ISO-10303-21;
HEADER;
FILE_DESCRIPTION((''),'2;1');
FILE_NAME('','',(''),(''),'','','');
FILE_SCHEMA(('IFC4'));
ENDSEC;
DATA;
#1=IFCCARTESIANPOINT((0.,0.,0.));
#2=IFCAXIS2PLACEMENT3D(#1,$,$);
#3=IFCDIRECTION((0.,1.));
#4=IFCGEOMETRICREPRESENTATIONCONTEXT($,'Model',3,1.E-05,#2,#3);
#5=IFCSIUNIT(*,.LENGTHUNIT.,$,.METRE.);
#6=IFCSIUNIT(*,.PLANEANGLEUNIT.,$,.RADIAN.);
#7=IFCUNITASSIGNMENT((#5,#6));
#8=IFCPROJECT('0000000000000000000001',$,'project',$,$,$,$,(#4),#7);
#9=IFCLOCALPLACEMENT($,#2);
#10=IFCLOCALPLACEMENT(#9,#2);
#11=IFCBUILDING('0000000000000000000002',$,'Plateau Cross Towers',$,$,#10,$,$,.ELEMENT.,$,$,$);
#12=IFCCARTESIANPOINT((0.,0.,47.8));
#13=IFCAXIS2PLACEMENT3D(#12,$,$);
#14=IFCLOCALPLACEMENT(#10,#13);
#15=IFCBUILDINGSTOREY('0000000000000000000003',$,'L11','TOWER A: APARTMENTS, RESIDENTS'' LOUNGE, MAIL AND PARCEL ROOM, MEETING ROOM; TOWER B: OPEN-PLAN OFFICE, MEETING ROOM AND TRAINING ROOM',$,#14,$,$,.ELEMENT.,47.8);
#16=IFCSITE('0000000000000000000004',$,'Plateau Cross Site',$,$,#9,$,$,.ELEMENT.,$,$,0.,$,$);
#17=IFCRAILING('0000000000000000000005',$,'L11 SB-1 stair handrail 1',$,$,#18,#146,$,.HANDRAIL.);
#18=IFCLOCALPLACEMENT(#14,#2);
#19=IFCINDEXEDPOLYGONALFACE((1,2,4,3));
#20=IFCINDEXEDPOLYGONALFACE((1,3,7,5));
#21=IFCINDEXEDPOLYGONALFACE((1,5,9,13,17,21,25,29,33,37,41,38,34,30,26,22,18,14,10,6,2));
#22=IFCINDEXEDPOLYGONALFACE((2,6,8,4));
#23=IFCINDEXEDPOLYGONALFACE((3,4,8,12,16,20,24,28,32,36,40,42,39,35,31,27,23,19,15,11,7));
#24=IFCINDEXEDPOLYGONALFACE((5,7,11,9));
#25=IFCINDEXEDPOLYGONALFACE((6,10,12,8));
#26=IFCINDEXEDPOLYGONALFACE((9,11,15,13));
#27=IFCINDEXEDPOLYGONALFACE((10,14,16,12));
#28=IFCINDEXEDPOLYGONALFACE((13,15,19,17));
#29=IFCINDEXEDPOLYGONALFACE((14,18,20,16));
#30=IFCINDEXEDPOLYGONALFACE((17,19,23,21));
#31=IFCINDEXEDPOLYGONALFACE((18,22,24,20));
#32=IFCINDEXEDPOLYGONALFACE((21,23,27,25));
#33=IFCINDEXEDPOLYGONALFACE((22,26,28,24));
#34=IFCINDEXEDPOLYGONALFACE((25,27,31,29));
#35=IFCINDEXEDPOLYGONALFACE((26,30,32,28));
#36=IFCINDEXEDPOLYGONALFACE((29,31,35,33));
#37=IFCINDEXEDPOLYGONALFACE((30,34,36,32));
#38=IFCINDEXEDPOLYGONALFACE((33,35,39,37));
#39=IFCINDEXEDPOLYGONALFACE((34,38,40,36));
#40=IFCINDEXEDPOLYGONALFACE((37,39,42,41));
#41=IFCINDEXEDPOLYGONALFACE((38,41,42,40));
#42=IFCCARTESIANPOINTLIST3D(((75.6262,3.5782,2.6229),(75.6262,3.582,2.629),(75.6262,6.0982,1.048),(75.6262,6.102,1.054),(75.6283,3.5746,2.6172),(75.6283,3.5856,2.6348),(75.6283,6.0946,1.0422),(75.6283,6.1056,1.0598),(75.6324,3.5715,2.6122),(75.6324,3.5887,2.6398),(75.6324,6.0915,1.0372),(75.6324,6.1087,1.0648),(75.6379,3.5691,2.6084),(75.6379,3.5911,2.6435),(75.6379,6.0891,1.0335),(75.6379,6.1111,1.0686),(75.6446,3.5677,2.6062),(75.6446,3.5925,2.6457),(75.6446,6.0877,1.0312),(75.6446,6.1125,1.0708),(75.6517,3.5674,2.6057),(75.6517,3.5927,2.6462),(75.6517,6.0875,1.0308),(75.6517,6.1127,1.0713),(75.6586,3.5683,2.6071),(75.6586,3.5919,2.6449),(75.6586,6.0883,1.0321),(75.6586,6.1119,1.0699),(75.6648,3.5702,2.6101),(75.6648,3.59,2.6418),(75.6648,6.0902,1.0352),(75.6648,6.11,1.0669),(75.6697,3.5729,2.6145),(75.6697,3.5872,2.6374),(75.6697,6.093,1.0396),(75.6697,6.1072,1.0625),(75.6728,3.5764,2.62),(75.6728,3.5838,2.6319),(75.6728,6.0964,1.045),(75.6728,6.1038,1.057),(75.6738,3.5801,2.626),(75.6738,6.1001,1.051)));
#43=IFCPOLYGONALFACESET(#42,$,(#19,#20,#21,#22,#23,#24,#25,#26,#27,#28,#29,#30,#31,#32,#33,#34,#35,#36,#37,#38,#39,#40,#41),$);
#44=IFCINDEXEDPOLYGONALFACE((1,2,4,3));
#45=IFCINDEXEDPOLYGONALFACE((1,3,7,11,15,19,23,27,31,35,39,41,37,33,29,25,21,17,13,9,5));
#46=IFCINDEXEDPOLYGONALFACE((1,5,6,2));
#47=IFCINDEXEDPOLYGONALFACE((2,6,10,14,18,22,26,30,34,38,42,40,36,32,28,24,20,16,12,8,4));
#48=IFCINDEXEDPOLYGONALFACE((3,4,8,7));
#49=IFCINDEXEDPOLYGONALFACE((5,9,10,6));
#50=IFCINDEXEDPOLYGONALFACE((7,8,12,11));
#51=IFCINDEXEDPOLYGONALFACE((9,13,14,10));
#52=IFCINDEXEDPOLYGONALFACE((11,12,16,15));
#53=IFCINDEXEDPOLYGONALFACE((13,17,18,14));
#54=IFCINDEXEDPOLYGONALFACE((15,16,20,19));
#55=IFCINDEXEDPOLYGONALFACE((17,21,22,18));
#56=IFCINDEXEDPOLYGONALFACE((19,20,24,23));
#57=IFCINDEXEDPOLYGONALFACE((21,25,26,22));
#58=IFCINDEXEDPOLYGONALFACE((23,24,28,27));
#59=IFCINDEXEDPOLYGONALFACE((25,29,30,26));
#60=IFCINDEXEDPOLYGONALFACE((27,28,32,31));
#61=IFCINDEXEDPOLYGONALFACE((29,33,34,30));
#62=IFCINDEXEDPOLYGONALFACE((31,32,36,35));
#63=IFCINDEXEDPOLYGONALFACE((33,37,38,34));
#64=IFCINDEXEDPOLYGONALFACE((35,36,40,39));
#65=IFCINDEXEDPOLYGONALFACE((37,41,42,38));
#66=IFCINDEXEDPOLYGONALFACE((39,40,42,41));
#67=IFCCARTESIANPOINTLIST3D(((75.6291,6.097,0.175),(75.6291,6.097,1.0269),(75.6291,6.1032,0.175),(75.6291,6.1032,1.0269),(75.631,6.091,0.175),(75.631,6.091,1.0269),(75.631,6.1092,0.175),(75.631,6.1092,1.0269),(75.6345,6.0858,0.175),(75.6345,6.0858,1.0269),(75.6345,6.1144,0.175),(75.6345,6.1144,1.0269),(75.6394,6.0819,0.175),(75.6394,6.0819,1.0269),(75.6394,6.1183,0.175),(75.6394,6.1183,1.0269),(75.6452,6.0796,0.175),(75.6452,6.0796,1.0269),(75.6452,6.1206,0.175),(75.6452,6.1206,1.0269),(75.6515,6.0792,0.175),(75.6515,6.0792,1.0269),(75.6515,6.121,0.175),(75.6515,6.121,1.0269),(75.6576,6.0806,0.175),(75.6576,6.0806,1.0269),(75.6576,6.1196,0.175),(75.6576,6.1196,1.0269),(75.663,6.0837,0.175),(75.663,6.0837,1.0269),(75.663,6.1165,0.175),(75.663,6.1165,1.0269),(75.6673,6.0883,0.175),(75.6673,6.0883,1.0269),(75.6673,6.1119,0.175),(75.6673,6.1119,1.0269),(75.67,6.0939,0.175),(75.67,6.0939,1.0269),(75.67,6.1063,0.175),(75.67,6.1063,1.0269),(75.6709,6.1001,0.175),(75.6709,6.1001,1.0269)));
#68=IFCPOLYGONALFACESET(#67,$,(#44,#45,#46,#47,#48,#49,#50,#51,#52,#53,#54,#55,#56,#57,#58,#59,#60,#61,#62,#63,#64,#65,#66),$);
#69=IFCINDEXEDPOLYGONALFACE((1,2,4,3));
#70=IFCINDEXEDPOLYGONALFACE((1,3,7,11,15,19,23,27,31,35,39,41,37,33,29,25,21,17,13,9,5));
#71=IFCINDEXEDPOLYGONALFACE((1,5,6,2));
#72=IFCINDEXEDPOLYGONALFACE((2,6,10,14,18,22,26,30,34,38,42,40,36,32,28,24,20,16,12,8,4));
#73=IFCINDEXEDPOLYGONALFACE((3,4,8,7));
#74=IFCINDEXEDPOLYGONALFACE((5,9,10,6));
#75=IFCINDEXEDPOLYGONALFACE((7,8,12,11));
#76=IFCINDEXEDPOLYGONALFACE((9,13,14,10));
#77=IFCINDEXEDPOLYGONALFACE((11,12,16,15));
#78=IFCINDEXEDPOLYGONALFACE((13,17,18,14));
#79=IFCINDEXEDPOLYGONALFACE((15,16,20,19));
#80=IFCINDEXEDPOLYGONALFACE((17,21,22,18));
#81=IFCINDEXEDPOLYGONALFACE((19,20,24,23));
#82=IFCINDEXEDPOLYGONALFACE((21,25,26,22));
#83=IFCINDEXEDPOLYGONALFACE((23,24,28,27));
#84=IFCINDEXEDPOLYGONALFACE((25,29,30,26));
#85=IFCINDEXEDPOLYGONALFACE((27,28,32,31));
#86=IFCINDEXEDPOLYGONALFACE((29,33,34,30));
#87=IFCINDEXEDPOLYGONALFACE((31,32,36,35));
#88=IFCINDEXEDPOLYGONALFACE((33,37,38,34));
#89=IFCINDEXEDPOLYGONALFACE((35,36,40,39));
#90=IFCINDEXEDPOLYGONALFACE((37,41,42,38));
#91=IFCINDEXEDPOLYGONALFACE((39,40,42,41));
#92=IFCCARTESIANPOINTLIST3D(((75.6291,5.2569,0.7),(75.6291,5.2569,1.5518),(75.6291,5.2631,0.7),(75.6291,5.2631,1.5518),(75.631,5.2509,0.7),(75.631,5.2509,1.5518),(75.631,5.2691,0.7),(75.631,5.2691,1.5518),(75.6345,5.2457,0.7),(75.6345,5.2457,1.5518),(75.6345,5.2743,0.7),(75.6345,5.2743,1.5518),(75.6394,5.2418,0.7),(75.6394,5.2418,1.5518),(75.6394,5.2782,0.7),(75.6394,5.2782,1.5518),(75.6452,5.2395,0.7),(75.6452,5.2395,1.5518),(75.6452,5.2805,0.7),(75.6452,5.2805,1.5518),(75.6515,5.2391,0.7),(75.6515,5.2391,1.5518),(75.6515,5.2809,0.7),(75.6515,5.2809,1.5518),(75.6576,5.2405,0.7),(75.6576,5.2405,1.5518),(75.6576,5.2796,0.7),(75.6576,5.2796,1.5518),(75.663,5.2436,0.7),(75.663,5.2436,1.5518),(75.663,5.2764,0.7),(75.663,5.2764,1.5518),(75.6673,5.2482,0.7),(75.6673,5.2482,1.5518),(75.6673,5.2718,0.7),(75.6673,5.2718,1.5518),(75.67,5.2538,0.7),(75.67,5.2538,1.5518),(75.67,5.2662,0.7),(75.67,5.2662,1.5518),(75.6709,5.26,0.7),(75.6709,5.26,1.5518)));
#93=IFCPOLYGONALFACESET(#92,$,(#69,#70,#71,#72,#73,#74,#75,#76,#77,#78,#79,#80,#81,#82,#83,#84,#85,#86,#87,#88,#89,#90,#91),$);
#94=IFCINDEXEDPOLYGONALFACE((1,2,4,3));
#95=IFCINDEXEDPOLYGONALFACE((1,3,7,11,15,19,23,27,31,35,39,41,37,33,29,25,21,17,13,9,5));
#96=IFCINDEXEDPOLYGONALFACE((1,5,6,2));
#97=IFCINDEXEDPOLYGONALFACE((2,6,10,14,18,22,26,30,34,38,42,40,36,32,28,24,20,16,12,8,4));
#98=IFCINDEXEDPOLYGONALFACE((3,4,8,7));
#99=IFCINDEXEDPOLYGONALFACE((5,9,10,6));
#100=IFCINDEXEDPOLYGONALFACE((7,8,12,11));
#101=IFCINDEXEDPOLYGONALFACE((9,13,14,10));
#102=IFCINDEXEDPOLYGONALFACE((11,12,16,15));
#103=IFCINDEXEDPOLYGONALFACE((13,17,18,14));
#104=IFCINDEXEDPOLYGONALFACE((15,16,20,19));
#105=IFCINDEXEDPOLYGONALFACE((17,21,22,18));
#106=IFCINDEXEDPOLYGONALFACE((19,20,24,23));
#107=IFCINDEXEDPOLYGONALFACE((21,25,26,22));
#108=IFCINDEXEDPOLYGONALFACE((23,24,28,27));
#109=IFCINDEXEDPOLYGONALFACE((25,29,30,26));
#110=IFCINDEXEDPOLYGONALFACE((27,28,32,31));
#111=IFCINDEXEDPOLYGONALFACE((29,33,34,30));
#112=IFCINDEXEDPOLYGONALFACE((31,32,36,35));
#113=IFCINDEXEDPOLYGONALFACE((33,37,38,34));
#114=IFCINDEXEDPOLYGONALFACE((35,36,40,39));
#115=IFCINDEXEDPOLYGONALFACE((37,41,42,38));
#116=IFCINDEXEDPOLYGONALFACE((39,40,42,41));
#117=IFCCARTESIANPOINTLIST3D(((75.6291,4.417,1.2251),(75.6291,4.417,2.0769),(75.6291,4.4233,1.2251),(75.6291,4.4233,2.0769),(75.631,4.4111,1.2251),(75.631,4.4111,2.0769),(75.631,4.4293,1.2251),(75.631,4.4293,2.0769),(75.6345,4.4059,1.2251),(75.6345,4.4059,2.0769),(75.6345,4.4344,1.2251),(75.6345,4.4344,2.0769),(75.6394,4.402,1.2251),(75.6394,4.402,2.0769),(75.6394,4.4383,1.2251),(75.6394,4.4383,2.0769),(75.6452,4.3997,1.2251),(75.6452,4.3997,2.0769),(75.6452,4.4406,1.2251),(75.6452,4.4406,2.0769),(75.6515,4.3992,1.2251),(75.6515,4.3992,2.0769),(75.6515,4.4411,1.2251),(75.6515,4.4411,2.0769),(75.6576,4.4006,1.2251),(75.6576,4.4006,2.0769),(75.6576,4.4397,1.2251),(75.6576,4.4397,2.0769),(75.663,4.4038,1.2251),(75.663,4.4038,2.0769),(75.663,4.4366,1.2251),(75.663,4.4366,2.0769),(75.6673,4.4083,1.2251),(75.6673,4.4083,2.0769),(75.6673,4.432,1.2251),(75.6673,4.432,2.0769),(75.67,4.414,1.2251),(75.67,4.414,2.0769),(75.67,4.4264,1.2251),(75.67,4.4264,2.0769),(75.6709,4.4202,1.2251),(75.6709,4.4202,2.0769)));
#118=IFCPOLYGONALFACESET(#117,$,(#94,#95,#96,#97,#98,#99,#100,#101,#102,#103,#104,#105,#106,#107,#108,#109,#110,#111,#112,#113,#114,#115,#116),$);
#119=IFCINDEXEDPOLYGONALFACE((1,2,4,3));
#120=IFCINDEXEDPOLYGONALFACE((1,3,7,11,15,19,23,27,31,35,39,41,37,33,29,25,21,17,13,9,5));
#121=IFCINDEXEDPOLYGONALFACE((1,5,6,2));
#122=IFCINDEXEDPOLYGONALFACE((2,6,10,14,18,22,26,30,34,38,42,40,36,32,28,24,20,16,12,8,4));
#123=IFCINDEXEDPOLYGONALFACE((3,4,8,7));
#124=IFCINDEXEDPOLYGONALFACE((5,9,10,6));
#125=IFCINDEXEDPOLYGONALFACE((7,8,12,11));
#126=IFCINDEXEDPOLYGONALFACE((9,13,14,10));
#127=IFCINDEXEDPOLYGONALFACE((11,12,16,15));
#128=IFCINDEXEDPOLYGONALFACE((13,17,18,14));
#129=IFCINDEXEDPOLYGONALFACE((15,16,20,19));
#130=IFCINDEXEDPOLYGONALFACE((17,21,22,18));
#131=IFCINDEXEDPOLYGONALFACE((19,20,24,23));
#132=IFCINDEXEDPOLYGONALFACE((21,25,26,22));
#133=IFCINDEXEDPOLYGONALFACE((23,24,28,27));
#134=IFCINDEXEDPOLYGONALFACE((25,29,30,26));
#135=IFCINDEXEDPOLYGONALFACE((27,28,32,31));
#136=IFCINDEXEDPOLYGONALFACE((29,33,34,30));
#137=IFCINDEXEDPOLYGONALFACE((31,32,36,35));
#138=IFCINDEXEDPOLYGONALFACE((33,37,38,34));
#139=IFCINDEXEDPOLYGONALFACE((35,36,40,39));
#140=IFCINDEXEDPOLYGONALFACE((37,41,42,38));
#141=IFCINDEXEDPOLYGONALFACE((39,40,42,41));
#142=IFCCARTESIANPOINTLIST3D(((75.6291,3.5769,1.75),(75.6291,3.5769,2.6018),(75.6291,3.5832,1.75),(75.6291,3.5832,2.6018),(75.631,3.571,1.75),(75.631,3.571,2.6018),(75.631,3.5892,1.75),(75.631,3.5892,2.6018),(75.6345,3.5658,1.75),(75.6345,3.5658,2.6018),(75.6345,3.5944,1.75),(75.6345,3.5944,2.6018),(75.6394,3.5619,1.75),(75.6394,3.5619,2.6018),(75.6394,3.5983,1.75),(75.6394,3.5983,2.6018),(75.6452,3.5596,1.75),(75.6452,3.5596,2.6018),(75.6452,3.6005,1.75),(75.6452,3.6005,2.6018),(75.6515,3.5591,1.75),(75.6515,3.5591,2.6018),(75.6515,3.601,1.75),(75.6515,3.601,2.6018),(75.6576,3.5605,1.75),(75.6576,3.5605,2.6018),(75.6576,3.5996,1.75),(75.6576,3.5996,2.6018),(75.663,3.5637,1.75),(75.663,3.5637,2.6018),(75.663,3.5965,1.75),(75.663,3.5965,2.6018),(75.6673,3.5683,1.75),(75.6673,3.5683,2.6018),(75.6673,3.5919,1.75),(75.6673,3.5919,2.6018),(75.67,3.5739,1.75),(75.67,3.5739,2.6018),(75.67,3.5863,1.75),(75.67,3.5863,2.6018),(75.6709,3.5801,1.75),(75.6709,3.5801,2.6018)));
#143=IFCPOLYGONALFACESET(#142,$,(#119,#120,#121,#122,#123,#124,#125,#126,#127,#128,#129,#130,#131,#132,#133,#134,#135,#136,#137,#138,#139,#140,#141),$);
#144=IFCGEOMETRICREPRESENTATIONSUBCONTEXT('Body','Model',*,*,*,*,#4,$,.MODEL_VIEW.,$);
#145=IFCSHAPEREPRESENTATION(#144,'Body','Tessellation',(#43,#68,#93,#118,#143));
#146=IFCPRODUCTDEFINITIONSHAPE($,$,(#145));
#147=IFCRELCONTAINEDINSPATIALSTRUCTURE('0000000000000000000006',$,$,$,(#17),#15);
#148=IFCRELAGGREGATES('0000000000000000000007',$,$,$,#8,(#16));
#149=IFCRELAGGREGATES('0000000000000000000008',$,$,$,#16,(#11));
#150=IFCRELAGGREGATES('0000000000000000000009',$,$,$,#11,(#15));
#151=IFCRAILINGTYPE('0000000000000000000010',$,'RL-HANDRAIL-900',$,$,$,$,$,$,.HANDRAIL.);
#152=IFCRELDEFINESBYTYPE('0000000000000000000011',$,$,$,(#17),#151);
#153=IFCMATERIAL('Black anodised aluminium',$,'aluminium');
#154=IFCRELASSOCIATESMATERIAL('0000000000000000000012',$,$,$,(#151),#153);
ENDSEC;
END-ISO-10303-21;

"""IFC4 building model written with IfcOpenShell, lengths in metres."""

from ifc_helpers import new_model, si_unit, direction, frame, origin, origin_2d, place, context, subcontext, project, spatial, circle, extrude, material, type_object, element, save


model = new_model("IFC4")

# Units and contexts
model_context = context("Model", 3, precision=1e-05, world=origin(), true_north=direction((0.0, 1.0)))
body_context = subcontext(model_context, "Body", "Model", "MODEL_VIEW")
ifc_project = project(units=[si_unit("LENGTHUNIT", "METRE"), si_unit("PLANEANGLEUNIT", "RADIAN")], contexts=[model_context])

# Site, building, storey
site_placement = place(None, origin())
site = spatial("IfcSite", under=ifc_project, at=site_placement, Name="Plateau Cross Site", CompositionType="ELEMENT", RefElevation=0.0)
building_placement = place(site_placement, origin())
building = spatial("IfcBuilding", under=site, at=building_placement, Name="Plateau Cross Towers", CompositionType="ELEMENT")
storey_placement = place(building_placement, frame((0.0, 0.0, 47.8)))
storey = spatial("IfcBuildingStorey", under=building, at=storey_placement, Name="L11", Description="TOWER A: APARTMENTS, RESIDENTS' LOUNGE, MAIL AND PARCEL ROOM, MEETING ROOM; TOWER B: OPEN-PLAN OFFICE, MEETING ROOM AND TRAINING ROOM", CompositionType="ELEMENT", Elevation=47.8)

# Railing
ifc_material_1 = material(Name="Black anodised aluminium", Category="aluminium")
railing_type_1 = type_object("IfcRailingType", Name="RL-HANDRAIL-900", PredefinedType="HANDRAIL", material=ifc_material_1)
railing_1_placement = place(storey_placement, frame((75.6499, 6.1001, 0.175)))
element("IfcRailing", 1, at=railing_1_placement, inside=storey, type_object=railing_type_1, Name="L11 SB-1 stair handrail 1", PredefinedType="HANDRAIL", context=body_context, shape_type="SweptSolid", body=[
    extrude(circle(Radius=0.0239, at=origin_2d()), frame((0.0, 0.0, 0.876), z_axis=(0.0, -0.848008, 0.529984), x_axis=(1.0, 0.0, 0.0)), (0.0, 0.0, 1.0), 2.9717),
    extrude(circle(Radius=0.021, at=origin_2d()), origin(), (0.0, 0.0, 1.0), 0.8518),
    extrude(circle(Radius=0.021, at=origin_2d()), frame((0.0, -0.8401, 0.5249)), (0.0, 0.0, 1.0), 0.8518),
    extrude(circle(Radius=0.021, at=origin_2d()), frame((0.0, -1.6799, 1.05)), (0.0, 0.0, 1.0), 0.8518),
    extrude(circle(Radius=0.021, at=origin_2d()), frame((0.0, -2.52, 1.575)), (0.0, 0.0, 1.0), 0.8518),
])

save(model, "model.ifc")
